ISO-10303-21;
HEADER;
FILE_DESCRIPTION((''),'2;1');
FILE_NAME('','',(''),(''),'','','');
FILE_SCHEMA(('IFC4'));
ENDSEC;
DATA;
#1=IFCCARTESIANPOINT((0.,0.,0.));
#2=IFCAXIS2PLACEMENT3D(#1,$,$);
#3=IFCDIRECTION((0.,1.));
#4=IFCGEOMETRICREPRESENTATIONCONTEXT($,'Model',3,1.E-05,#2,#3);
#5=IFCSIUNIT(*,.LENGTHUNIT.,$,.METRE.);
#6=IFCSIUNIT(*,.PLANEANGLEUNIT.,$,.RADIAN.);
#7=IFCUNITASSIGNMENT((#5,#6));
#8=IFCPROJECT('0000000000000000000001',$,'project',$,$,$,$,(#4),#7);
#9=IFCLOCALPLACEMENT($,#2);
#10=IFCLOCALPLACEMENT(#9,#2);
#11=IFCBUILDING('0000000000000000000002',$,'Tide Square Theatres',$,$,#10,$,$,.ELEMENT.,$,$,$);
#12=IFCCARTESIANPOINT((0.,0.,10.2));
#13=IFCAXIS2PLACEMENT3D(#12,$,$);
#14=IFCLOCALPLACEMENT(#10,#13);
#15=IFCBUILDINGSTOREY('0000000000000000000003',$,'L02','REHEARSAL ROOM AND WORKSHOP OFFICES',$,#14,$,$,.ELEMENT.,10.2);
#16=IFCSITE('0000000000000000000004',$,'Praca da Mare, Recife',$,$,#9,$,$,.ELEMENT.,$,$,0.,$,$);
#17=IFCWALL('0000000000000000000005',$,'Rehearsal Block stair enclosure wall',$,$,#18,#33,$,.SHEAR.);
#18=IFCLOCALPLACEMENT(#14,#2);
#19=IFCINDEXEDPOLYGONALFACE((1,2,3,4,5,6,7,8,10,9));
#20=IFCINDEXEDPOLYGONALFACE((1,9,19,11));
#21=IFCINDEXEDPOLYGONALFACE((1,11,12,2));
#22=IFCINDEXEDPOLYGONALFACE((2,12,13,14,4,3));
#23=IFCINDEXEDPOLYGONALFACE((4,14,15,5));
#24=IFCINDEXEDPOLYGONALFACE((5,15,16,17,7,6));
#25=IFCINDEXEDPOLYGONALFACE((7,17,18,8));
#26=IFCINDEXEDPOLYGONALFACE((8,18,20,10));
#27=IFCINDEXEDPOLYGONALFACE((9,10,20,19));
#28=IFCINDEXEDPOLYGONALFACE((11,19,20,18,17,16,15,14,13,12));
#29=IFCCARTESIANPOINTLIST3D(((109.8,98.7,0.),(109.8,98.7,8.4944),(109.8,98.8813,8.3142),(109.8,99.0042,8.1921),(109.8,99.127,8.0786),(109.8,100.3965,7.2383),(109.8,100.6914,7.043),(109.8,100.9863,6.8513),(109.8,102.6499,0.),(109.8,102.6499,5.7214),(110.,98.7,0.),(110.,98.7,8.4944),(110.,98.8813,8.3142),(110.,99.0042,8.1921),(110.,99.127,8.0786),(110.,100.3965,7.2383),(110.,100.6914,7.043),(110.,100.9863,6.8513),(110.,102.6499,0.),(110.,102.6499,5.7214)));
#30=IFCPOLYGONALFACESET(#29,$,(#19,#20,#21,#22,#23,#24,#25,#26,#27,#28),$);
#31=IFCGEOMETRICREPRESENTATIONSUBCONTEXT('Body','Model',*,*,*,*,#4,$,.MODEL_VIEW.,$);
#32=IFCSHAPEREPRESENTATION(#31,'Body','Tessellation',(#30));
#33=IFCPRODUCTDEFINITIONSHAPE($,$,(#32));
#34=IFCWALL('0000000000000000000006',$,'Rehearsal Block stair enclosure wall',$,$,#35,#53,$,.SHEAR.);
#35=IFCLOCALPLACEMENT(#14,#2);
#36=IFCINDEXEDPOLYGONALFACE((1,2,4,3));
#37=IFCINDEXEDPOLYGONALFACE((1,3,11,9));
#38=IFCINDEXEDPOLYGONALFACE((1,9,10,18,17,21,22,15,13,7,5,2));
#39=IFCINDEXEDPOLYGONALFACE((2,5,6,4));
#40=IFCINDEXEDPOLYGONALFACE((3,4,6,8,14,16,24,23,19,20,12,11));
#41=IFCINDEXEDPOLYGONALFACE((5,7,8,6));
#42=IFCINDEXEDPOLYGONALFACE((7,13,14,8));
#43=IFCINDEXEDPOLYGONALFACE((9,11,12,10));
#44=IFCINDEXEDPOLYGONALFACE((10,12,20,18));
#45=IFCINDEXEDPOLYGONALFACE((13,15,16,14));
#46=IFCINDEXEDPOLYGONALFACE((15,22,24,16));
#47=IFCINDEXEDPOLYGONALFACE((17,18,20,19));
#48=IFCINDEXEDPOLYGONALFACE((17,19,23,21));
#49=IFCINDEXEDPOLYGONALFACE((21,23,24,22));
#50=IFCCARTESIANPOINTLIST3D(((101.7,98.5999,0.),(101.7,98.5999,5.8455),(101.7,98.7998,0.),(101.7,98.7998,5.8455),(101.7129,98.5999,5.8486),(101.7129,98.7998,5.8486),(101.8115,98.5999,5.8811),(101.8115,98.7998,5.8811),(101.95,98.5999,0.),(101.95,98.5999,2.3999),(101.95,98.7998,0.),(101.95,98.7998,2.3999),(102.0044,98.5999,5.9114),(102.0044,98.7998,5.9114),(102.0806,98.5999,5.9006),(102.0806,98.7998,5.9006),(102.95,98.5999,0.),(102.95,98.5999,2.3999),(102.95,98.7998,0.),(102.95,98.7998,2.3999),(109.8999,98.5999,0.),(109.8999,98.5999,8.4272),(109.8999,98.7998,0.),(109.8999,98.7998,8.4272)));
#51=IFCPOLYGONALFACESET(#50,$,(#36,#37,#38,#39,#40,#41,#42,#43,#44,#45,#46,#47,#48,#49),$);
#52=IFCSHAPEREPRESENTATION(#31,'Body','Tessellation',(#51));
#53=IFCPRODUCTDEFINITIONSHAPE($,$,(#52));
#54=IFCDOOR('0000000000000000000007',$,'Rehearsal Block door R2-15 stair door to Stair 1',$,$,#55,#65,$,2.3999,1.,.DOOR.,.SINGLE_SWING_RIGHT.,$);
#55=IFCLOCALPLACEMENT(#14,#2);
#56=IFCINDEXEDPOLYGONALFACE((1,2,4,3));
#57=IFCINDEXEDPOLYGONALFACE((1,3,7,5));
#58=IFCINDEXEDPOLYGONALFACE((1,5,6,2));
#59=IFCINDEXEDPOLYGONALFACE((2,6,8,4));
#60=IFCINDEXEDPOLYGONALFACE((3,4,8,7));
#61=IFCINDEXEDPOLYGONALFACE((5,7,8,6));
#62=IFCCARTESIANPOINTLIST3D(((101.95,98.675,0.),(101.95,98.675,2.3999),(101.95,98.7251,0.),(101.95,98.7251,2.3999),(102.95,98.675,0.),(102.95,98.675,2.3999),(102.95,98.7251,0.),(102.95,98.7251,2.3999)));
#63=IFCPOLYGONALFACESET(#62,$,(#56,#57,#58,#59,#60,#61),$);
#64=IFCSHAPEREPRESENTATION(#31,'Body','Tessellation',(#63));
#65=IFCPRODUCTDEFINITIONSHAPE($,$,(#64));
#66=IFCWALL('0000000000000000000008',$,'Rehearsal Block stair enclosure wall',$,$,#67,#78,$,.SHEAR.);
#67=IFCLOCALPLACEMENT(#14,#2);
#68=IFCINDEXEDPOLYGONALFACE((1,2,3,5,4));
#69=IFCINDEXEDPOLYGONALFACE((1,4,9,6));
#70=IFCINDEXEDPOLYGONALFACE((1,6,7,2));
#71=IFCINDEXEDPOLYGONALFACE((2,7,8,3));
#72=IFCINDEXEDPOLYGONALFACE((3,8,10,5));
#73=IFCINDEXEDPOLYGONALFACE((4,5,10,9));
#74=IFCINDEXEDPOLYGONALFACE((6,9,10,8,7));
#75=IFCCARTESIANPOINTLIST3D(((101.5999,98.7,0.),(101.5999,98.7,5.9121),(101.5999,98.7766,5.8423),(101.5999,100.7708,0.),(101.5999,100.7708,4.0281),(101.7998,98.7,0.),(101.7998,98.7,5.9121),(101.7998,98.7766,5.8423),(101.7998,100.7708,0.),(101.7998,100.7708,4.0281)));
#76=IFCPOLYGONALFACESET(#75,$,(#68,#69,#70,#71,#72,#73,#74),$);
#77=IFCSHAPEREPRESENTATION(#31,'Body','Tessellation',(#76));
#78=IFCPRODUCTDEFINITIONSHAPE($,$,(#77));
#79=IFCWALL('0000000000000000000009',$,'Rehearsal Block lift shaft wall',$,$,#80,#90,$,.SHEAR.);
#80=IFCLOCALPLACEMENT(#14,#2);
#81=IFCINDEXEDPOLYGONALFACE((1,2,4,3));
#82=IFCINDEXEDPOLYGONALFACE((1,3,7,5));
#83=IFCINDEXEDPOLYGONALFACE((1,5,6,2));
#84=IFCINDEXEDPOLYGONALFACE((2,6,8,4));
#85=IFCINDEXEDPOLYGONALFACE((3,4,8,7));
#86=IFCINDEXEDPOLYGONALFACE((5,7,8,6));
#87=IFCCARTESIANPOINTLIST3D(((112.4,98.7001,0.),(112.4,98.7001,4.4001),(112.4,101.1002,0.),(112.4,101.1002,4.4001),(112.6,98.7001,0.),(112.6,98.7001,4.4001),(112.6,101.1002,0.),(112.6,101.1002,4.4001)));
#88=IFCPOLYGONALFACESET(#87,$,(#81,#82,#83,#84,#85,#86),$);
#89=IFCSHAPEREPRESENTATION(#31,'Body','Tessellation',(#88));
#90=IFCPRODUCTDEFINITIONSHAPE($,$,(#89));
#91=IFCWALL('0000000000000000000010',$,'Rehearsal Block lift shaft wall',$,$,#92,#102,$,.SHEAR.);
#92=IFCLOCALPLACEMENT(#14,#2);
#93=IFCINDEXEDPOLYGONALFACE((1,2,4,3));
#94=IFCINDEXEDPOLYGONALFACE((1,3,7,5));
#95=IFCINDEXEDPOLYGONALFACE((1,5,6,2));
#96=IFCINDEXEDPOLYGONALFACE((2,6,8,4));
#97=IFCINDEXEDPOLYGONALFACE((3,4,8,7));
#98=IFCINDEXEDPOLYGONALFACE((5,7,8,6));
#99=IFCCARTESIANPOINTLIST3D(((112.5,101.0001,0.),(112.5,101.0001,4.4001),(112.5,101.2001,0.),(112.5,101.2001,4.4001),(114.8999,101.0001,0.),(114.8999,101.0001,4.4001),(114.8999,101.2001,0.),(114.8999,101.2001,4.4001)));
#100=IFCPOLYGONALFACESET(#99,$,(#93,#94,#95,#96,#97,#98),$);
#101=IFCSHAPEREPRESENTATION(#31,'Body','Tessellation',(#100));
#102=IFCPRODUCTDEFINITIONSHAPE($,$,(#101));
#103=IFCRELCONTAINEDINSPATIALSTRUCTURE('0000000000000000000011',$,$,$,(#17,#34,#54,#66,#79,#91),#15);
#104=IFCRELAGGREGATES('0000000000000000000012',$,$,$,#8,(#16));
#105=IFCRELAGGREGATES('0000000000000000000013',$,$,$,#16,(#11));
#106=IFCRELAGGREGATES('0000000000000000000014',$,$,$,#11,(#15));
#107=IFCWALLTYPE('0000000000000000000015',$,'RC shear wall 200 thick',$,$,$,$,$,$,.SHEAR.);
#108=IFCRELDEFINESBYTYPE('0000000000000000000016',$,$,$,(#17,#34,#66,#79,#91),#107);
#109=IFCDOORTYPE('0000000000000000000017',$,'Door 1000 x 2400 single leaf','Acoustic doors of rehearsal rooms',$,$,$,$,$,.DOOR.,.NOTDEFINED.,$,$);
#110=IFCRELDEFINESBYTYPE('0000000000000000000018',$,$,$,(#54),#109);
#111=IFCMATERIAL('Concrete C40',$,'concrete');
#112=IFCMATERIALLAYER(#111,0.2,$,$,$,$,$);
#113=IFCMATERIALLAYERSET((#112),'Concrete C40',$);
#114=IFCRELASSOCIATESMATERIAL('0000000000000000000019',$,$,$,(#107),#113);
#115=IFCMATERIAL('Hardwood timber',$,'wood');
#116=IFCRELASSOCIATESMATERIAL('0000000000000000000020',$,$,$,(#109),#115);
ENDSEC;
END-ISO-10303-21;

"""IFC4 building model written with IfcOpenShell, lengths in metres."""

from ifc_helpers import new_model, si_unit, direction, frame, frame_2d, origin, place, context, subcontext, project, spatial, polyline, rectangle, outline, extrude, material, layer, layer_set, type_object, element, fill, save


model = new_model("IFC4")

# Units and contexts
model_context = context("Model", 3, precision=1e-05, world=origin(), true_north=direction((0.0, 1.0)))
body_context = subcontext(model_context, "Body", "Model", "MODEL_VIEW")
ifc_project = project(units=[si_unit("LENGTHUNIT", "METRE"), si_unit("PLANEANGLEUNIT", "RADIAN")], contexts=[model_context])

# Site, building, storey
site_placement = place(None, origin())
site = spatial("IfcSite", under=ifc_project, at=site_placement, Name="Praca da Mare, Recife", CompositionType="ELEMENT", RefElevation=0.0)
building_placement = place(site_placement, origin())
building = spatial("IfcBuilding", under=site, at=building_placement, Name="Tide Square Theatres", CompositionType="ELEMENT")
storey_placement = place(building_placement, frame((0.0, 0.0, 10.2)))
storey = spatial("IfcBuildingStorey", under=building, at=storey_placement, Name="L02", Description="REHEARSAL ROOM AND WORKSHOP OFFICES", CompositionType="ELEMENT", Elevation=10.2)

# Wall
ifc_material_1 = material(Name="Concrete C40", Category="concrete")
ifc_layer_1 = layer(ifc_material_1, 0.2)
ifc_layer_set_1 = layer_set([ifc_layer_1], Name="Concrete C40")
wall_type_1 = type_object("IfcWallType", Name="RC shear wall 200 thick", PredefinedType="SHEAR", material=ifc_layer_set_1)
wall_1_placement = place(storey_placement, frame((109.8999, 102.6499, 0.0), z_axis=(0.0, 0.0, 1.0), x_axis=(0.0, -1.0, 0.0)))
element("IfcWall", 1, at=wall_1_placement, inside=storey, type_object=wall_type_1, Name="Rehearsal Block stair enclosure wall", PredefinedType="SHEAR", context=body_context, shape_type="SweptSolid", body=[
    extrude(outline(polyline([(0.0, 0.0), (3.95, 0.0), (3.95, 8.4944), (3.7686, 8.3142), (3.6458, 8.1921), (3.5229, 8.0786), (2.2534, 7.2383), (1.9585, 7.043), (1.6636, 6.8513), (0.0, 5.7214), (0.0, 0.0)])), frame((0.0, 0.1001, 0.0), z_axis=(0.0, -1.0, 0.0), x_axis=(1.0, 0.0, 0.0)), (0.0, 0.0, 1.0), 0.2),
])

# Wall, opening, door
wall_2_placement = place(storey_placement, frame((109.8999, 98.7, 0.0), z_axis=(0.0, 0.0, 1.0), x_axis=(-1.0, 0.0, 0.0)))
wall_2 = element("IfcWall", 2, at=wall_2_placement, inside=storey, type_object=wall_type_1, Name="Rehearsal Block stair enclosure wall", PredefinedType="SHEAR", context=body_context, shape_type="SweptSolid", body=[
    extrude(outline(polyline([(0.0, 0.0), (8.2, 0.0), (8.2, 5.8455), (8.187, 5.8486), (8.0884, 5.8811), (7.9717, 5.8994), (7.8955, 5.9114), (7.8193, 5.9006), (0.0, 8.4272), (0.0, 0.0)])), frame((0.0, 0.1001, 0.0), z_axis=(0.0, -1.0, 0.0), x_axis=(1.0, 0.0, 0.0)), (0.0, 0.0, 1.0), 0.2),
])
opening_1_placement = place(wall_2_placement, frame((6.95, 0.0, 0.0)))
opening_1 = element("IfcOpeningElement", 3, at=opening_1_placement, cuts=wall_2, PredefinedType="OPENING", context=body_context, shape_type="SweptSolid", body=[
    extrude(rectangle(XDim=1.0, YDim=2.3999, at=frame_2d((0.5, 1.2))), frame((0.0, 0.1099, 0.0), z_axis=(0.0, -1.0, 0.0), x_axis=(1.0, 0.0, 0.0)), (0.0, 0.0, 1.0), 0.22),
])
ifc_material_2 = material(Name="Hardwood timber", Category="wood")
door_type = type_object("IfcDoorType", Name="Door 1000 x 2400 single leaf", Description="Acoustic doors of rehearsal rooms", OperationType="NOTDEFINED", PredefinedType="DOOR", material=ifc_material_2)
door_placement = place(opening_1_placement, origin())
door = element("IfcDoor", 4, at=door_placement, inside=storey, type_object=door_type, Name="Rehearsal Block door R2-15 stair door to Stair 1", OperationType="SINGLE_SWING_RIGHT", OverallHeight=2.3999, OverallWidth=1.0, PredefinedType="DOOR", context=body_context, shape_type="SweptSolid", body=[
    extrude(rectangle(XDim=1.0, YDim=2.3999, at=frame_2d((0.5, 1.2))), frame((0.0, 0.0249, 0.0), z_axis=(0.0, -1.0, 0.0), x_axis=(1.0, 0.0, 0.0)), (0.0, 0.0, 1.0), 0.05),
])
fill(opening_1, door)

# Walls
wall_3_placement = place(storey_placement, frame((101.7, 98.7, 0.0), z_axis=(0.0, 0.0, 1.0), x_axis=(0.0, 1.0, 0.0)))
element("IfcWall", 5, at=wall_3_placement, inside=storey, type_object=wall_type_1, Name="Rehearsal Block stair enclosure wall", PredefinedType="SHEAR", context=body_context, shape_type="SweptSolid", body=[
    extrude(outline(polyline([(0.0, 0.0), (2.0708, 0.0), (2.0708, 4.0281), (0.0767, 5.8423), (0.0, 5.9121), (0.0, 0.0)])), frame((0.0, 0.1001, 0.0), z_axis=(0.0, -1.0, 0.0), x_axis=(1.0, 0.0, 0.0)), (0.0, 0.0, 1.0), 0.2),
])
wall_4_placement = place(storey_placement, frame((112.5, 98.7, 0.0), z_axis=(0.0, 0.0, 1.0), x_axis=(0.0, 1.0, 0.0)))
element("IfcWall", 6, at=wall_4_placement, inside=storey, type_object=wall_type_1, Name="Rehearsal Block lift shaft wall", PredefinedType="SHEAR", context=body_context, shape_type="SweptSolid", body=[
    extrude(rectangle(XDim=2.4001, YDim=0.2, at=frame_2d((1.2002, 0.0))), origin(), (0.0, 0.0, 1.0), 4.4001),
])
wall_5_placement = place(storey_placement, frame((112.5, 101.1001, 0.0), z_axis=(0.0, 0.0, 1.0), x_axis=(1.0, 0.0, 0.0)))
element("IfcWall", 7, at=wall_5_placement, inside=storey, type_object=wall_type_1, Name="Rehearsal Block lift shaft wall", PredefinedType="SHEAR", context=body_context, shape_type="SweptSolid", body=[
    extrude(rectangle(XDim=2.3999, YDim=0.2, at=frame_2d((1.2, 0.0))), origin(), (0.0, 0.0, 1.0), 4.4001),
])

save(model, "model.ifc")
